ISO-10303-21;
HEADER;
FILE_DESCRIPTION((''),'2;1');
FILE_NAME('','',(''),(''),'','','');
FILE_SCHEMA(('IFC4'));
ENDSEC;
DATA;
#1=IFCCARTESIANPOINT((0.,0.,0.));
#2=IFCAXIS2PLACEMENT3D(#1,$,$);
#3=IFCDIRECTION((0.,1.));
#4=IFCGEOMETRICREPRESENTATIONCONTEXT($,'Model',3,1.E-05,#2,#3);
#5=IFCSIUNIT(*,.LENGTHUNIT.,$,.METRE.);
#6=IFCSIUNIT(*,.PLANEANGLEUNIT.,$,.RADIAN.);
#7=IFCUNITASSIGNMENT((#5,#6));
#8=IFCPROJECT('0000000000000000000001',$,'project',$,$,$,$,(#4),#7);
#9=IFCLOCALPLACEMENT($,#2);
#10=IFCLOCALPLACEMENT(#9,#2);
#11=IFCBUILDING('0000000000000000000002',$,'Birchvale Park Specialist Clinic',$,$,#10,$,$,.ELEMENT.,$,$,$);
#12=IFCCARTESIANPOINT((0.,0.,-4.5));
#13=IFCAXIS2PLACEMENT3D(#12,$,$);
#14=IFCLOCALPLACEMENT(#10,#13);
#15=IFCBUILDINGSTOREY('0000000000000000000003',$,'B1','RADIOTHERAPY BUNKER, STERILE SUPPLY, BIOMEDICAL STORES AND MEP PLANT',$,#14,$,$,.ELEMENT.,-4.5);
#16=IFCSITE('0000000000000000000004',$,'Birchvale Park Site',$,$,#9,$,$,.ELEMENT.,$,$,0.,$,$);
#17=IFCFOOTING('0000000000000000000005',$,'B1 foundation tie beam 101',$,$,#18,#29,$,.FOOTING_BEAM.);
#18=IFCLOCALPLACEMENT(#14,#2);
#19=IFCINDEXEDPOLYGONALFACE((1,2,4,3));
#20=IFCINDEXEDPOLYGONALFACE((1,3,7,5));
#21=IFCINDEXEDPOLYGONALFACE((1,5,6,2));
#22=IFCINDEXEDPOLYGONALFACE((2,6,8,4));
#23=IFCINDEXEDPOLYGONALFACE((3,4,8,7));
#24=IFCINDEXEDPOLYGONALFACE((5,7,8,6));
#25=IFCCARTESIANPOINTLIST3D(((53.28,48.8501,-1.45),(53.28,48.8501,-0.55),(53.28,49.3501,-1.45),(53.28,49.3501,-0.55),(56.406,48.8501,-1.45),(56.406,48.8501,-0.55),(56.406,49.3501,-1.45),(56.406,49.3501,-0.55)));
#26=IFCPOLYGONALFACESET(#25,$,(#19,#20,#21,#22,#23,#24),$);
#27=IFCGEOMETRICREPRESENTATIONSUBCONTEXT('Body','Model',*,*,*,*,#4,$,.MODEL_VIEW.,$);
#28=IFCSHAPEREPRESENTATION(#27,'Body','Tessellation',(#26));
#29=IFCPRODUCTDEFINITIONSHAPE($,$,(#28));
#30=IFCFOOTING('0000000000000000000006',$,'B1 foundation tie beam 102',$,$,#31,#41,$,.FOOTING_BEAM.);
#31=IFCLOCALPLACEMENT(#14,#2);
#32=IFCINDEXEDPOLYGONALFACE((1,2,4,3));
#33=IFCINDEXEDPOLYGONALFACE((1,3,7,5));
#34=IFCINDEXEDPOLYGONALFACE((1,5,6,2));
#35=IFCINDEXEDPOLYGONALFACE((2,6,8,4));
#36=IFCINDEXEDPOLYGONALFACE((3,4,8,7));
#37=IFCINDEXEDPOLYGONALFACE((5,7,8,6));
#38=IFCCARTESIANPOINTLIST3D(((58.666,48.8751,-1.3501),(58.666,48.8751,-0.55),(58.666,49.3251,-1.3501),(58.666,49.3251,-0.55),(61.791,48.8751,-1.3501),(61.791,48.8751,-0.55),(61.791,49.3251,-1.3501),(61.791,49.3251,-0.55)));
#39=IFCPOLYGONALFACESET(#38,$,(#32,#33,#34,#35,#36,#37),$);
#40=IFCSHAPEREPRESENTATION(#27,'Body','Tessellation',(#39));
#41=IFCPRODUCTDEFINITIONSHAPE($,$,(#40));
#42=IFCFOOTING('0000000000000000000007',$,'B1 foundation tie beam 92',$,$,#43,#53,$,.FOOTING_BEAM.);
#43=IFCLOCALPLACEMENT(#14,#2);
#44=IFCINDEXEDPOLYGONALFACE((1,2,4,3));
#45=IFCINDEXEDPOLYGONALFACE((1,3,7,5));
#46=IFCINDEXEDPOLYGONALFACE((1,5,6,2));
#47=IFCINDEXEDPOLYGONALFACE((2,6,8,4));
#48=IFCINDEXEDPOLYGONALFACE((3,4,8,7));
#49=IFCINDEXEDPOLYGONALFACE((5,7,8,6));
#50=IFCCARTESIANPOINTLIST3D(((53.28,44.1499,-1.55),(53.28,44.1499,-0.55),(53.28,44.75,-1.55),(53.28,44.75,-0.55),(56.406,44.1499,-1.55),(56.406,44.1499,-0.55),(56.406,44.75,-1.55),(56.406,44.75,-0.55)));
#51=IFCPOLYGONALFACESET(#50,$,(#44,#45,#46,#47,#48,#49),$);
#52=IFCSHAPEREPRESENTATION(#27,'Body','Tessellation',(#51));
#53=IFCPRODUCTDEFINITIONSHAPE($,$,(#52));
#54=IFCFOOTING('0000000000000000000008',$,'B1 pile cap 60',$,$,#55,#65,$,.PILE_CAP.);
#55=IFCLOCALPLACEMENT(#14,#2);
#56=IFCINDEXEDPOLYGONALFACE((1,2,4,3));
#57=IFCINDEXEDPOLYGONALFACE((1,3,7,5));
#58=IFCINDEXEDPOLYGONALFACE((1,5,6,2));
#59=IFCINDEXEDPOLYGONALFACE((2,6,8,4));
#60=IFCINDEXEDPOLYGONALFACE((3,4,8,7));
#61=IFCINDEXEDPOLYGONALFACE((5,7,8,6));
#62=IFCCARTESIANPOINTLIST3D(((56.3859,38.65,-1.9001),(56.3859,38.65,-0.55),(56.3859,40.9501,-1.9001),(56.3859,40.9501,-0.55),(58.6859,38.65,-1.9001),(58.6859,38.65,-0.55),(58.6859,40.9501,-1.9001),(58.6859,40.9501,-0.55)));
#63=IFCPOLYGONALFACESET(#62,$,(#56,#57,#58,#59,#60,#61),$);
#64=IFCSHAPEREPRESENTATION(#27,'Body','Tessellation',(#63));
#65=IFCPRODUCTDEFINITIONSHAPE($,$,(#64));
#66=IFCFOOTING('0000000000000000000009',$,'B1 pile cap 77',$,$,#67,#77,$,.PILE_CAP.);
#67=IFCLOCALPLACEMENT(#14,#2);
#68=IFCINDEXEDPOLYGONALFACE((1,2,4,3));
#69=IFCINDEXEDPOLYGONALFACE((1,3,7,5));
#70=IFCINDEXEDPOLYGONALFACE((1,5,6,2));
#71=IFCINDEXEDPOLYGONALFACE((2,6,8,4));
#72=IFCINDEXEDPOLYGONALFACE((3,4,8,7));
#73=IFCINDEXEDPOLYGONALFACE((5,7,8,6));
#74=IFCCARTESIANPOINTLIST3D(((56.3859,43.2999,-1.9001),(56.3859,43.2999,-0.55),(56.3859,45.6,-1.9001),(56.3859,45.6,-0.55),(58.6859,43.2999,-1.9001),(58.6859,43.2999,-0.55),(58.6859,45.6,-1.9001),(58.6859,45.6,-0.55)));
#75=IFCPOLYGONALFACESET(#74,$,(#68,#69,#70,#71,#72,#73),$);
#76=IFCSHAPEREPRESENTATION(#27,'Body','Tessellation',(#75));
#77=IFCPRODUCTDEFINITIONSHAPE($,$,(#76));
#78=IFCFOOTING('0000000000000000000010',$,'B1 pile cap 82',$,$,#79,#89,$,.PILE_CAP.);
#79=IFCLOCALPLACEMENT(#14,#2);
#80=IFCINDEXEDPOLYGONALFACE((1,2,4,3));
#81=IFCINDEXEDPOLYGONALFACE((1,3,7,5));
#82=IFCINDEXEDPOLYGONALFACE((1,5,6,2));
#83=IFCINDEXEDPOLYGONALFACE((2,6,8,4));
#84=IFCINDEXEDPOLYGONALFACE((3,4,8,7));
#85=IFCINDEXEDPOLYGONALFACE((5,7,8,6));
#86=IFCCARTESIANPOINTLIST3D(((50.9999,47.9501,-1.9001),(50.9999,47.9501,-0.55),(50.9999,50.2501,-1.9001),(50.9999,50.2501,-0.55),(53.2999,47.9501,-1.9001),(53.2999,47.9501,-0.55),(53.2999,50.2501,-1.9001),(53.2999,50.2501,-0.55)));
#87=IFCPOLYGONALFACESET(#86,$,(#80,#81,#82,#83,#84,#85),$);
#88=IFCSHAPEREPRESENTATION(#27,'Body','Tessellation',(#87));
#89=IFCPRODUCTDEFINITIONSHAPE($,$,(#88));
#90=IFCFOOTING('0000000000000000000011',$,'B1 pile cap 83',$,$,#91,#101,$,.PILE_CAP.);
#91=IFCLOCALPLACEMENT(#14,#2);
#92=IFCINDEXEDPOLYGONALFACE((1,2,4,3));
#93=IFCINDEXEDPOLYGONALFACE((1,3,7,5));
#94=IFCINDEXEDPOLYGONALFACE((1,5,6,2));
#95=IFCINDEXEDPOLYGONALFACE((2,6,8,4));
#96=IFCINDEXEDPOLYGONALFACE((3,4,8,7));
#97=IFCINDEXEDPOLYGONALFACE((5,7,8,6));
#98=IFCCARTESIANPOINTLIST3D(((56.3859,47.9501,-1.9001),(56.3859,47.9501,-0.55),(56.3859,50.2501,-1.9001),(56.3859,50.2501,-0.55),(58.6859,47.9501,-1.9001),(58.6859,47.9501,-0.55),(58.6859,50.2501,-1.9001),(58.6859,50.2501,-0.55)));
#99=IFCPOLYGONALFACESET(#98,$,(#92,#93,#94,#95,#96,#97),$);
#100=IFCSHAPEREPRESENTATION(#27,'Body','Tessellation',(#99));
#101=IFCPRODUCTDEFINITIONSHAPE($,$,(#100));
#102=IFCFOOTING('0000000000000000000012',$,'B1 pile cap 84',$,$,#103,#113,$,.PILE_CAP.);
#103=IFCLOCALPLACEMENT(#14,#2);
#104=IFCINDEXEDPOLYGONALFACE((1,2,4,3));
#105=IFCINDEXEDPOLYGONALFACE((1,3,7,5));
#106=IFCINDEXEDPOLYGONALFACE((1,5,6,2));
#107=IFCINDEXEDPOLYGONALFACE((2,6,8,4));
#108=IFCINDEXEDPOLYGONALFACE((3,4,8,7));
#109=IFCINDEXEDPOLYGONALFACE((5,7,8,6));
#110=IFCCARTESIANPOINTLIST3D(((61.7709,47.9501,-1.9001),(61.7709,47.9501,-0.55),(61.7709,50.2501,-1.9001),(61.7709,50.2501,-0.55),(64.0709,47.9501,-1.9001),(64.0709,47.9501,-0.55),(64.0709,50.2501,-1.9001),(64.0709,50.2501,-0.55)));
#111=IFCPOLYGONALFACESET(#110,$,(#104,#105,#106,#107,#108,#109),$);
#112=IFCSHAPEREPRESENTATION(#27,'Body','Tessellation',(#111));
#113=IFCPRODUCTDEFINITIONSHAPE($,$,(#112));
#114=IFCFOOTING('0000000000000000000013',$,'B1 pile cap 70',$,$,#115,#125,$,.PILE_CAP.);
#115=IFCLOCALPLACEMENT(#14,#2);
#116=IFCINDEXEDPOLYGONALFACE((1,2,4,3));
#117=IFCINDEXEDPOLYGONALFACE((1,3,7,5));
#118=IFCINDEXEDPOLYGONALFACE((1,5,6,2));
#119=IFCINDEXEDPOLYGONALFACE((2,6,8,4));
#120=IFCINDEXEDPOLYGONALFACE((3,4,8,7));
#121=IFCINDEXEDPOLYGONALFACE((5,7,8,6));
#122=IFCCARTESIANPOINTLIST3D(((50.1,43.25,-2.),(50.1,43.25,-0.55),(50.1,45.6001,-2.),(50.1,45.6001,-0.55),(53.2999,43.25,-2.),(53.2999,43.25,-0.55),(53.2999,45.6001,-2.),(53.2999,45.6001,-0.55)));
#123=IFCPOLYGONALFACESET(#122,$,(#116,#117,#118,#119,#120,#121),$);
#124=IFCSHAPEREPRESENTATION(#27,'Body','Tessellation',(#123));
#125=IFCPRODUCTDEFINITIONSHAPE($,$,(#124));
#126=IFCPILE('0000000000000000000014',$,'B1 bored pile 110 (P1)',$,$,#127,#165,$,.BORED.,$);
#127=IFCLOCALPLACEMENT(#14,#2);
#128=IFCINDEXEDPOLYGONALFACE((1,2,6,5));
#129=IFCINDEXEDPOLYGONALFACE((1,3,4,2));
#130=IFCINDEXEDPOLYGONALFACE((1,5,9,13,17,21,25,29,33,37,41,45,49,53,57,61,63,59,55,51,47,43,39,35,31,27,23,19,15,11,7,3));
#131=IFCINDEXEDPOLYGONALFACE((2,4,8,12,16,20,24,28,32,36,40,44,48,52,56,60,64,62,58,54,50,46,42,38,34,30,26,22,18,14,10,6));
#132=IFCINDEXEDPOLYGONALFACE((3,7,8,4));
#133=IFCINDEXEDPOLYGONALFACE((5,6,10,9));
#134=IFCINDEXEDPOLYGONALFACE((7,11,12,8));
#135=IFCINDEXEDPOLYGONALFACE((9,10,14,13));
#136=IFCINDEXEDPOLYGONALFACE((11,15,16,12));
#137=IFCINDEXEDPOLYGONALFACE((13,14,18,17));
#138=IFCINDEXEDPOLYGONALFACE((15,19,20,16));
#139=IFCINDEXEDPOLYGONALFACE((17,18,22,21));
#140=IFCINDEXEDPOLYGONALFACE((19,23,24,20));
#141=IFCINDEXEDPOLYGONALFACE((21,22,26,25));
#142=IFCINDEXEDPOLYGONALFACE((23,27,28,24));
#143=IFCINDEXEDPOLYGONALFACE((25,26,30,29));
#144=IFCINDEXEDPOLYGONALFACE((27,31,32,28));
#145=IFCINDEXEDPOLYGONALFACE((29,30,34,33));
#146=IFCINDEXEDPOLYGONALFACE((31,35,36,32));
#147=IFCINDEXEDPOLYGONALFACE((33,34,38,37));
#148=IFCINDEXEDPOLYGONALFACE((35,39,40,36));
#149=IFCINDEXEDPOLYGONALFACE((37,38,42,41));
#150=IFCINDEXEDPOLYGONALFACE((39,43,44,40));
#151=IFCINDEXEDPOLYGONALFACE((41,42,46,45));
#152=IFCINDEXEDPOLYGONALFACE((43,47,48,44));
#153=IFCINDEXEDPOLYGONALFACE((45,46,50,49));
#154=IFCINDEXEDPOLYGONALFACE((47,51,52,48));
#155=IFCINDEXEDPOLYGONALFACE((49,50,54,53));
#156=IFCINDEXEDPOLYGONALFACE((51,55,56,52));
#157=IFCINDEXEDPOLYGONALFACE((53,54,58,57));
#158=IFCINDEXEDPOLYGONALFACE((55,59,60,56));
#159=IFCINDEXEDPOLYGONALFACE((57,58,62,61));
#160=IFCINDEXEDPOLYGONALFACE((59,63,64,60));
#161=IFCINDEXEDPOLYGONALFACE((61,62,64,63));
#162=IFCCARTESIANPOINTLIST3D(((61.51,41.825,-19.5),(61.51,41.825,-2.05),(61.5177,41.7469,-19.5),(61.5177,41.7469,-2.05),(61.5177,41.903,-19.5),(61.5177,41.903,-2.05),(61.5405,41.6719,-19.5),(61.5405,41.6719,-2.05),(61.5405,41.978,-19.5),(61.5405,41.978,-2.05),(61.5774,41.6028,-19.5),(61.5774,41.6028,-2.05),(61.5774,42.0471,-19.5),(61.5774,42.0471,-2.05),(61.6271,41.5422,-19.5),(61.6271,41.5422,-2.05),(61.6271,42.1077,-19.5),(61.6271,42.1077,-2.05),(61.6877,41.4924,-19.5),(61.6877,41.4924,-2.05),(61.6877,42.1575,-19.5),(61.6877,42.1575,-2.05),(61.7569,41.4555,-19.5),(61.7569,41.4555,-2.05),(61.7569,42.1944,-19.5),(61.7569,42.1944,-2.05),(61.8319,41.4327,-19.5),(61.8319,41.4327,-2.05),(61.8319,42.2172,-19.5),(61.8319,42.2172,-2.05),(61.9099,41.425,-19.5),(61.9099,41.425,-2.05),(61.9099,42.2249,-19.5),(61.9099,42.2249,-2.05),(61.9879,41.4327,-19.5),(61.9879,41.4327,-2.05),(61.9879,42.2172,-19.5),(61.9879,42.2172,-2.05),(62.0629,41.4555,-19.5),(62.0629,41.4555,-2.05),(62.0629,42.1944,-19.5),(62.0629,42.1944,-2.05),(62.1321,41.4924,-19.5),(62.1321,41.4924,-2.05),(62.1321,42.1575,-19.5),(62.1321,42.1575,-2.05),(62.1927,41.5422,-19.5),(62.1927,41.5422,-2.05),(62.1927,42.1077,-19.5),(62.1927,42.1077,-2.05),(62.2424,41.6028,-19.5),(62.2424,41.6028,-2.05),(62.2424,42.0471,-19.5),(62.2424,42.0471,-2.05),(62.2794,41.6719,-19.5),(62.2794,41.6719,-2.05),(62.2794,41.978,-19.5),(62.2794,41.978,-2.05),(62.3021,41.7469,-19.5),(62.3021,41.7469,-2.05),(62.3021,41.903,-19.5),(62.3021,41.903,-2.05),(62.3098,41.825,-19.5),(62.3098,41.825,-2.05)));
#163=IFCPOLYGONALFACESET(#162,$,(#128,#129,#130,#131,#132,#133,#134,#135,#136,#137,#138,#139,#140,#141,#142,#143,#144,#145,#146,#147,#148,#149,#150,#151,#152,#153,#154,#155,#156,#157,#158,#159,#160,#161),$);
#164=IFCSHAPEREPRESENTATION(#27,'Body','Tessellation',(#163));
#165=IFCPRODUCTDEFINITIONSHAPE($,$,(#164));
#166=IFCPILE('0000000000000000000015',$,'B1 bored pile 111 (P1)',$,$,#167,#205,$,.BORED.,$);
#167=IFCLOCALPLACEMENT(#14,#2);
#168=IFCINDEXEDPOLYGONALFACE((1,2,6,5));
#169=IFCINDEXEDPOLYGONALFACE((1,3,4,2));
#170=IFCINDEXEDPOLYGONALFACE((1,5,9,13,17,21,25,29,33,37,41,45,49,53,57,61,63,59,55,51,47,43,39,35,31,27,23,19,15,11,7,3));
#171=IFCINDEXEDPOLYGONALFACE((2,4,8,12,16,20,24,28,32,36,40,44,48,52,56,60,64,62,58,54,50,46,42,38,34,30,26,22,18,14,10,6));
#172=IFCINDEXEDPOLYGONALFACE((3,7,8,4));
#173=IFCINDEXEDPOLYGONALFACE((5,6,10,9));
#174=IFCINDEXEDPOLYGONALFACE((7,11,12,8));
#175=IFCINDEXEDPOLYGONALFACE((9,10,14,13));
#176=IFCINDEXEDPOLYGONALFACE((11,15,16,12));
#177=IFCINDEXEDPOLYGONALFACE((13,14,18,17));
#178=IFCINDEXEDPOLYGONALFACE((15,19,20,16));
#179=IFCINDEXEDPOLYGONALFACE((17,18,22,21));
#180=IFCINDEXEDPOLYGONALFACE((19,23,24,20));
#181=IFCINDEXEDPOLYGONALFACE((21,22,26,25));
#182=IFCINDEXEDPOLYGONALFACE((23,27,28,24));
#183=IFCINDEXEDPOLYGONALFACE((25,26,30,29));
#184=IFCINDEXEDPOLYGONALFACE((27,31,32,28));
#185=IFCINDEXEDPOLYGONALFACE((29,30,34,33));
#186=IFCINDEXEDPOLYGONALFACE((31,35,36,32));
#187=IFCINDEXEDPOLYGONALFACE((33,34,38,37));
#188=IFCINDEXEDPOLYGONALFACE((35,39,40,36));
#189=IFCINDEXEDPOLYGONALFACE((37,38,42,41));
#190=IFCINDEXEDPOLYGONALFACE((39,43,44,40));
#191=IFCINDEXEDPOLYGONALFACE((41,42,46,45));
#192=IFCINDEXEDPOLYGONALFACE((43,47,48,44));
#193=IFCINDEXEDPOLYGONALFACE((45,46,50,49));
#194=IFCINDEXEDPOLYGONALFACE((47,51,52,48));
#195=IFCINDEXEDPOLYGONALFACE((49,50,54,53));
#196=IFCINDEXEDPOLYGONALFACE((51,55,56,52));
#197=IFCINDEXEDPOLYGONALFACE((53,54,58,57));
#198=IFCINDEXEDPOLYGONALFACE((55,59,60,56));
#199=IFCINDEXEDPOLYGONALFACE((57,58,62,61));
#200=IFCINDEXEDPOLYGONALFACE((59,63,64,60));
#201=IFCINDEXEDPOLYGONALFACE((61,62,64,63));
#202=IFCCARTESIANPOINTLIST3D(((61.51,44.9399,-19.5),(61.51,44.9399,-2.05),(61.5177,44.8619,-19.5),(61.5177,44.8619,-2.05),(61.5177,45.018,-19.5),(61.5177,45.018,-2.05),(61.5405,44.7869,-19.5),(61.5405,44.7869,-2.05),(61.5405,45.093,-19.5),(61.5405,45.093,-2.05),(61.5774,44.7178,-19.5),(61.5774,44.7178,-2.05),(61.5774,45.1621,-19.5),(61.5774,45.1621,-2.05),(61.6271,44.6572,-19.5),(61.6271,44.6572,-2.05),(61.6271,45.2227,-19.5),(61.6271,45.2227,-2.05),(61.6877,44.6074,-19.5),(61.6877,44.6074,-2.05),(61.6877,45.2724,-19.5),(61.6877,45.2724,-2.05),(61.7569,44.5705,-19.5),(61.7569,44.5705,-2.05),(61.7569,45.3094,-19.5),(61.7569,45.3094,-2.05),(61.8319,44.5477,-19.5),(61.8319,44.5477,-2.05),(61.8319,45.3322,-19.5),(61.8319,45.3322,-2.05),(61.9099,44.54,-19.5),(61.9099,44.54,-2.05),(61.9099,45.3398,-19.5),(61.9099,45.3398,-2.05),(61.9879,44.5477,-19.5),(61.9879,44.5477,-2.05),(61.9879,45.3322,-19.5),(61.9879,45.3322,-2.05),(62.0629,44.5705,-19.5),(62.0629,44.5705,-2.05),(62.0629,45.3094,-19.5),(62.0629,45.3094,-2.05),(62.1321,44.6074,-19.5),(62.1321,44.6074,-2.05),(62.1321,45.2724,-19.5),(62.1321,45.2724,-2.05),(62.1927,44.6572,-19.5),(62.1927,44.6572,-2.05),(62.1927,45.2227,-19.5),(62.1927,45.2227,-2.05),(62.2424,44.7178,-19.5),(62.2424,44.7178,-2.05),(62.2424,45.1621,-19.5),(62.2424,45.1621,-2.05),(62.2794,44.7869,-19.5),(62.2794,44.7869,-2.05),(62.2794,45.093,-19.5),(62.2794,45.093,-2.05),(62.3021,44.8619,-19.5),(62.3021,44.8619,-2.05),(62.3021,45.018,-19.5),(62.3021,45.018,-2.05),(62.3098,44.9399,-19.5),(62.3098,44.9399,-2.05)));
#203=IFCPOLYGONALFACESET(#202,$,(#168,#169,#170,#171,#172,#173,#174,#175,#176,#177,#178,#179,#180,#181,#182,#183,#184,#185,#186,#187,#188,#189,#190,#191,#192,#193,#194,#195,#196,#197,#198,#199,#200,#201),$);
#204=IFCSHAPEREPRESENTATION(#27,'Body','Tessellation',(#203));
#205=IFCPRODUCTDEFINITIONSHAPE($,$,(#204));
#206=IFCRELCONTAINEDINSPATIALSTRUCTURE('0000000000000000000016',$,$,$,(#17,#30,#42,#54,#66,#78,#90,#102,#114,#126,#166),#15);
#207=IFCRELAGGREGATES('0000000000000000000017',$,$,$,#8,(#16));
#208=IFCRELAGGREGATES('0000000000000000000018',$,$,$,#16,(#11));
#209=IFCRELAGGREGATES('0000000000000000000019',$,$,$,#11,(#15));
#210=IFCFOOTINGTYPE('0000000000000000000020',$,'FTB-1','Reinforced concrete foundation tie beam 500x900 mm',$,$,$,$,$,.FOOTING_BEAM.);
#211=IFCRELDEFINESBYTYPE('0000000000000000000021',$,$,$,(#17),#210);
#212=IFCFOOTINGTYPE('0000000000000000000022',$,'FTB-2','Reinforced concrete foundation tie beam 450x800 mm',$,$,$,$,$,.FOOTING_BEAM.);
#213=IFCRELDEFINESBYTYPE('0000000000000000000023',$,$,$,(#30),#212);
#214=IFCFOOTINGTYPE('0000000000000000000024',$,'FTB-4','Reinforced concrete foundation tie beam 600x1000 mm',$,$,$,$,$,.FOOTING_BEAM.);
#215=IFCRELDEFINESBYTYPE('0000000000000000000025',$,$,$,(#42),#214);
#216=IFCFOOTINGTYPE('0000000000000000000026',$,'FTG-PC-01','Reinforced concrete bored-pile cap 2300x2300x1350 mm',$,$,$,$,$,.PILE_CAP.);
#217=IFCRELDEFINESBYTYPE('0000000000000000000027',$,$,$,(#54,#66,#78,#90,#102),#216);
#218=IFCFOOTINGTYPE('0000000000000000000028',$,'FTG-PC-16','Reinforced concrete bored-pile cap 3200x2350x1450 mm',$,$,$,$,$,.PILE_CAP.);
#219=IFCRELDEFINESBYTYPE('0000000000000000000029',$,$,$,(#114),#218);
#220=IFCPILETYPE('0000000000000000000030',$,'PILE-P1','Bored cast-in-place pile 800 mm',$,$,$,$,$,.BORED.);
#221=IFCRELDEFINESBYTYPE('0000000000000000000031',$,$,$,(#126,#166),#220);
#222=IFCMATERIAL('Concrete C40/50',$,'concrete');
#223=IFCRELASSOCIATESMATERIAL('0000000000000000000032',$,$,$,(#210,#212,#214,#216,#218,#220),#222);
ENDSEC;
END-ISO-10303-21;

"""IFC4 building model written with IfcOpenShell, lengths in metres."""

from ifc_helpers import new_model, si_unit, direction, frame, origin, origin_2d, place, context, subcontext, project, spatial, rectangle, circle, extrude, material, material_profile, profile_set, type_object, element, save


model = new_model("IFC4")

# Units and contexts
model_context = context("Model", 3, precision=1e-05, world=origin(), true_north=direction((0.0, 1.0)))
body_context = subcontext(model_context, "Body", "Model", "MODEL_VIEW")
ifc_project = project(units=[si_unit("LENGTHUNIT", "METRE"), si_unit("PLANEANGLEUNIT", "RADIAN")], contexts=[model_context])

# Site, building, storey
site_placement = place(None, origin())
site = spatial("IfcSite", under=ifc_project, at=site_placement, Name="Birchvale Park Site", CompositionType="ELEMENT", RefElevation=0.0)
building_placement = place(site_placement, origin())
building = spatial("IfcBuilding", under=site, at=building_placement, Name="Birchvale Park Specialist Clinic", CompositionType="ELEMENT")
storey_placement = place(building_placement, frame((0.0, 0.0, -4.5)))
storey = spatial("IfcBuildingStorey", under=building, at=storey_placement, Name="B1", Description="RADIOTHERAPY BUNKER, STERILE SUPPLY, BIOMEDICAL STORES AND MEP PLANT", CompositionType="ELEMENT", Elevation=-4.5)

# Footings
ifc_material = material(Name="Concrete C40/50", Category="concrete")
footing_type_1 = type_object("IfcFootingType", Name="FTB-1", Description="Reinforced concrete foundation tie beam 500x900 mm", PredefinedType="FOOTING_BEAM", material=ifc_material)
footing_1_placement = place(storey_placement, frame((54.843, 49.1001, -1.45), z_axis=(0.0, 0.0, 1.0), x_axis=(1.0, 0.0, 0.0)))
element("IfcFooting", 1, at=footing_1_placement, inside=storey, type_object=footing_type_1, Name="B1 foundation tie beam 101", PredefinedType="FOOTING_BEAM", context=body_context, shape_type="SweptSolid", body=[
    extrude(rectangle(XDim=3.126, YDim=0.5, at=origin_2d()), origin(), (0.0, 0.0, 1.0), 0.8999),
])
footing_type_2 = type_object("IfcFootingType", Name="FTB-2", Description="Reinforced concrete foundation tie beam 450x800 mm", PredefinedType="FOOTING_BEAM", material=ifc_material)
footing_2_placement = place(storey_placement, frame((60.2285, 49.1001, -1.3501), z_axis=(0.0, 0.0, 1.0), x_axis=(1.0, 0.0, 0.0)))
element("IfcFooting", 2, at=footing_2_placement, inside=storey, type_object=footing_type_2, Name="B1 foundation tie beam 102", PredefinedType="FOOTING_BEAM", context=body_context, shape_type="SweptSolid", body=[
    extrude(rectangle(XDim=3.125, YDim=0.45, at=origin_2d()), origin(), (0.0, 0.0, 1.0), 0.8),
])
footing_type_3 = type_object("IfcFootingType", Name="FTB-4", Description="Reinforced concrete foundation tie beam 600x1000 mm", PredefinedType="FOOTING_BEAM", material=ifc_material)
footing_3_placement = place(storey_placement, frame((54.843, 44.45, -1.55), z_axis=(0.0, 0.0, 1.0), x_axis=(1.0, 0.0, 0.0)))
element("IfcFooting", 3, at=footing_3_placement, inside=storey, type_object=footing_type_3, Name="B1 foundation tie beam 92", PredefinedType="FOOTING_BEAM", context=body_context, shape_type="SweptSolid", body=[
    extrude(rectangle(XDim=3.126, YDim=0.6001, at=origin_2d()), origin(), (0.0, 0.0, 1.0), 1.0),
])
footing_type_4 = type_object("IfcFootingType", Name="FTG-PC-01", Description="Reinforced concrete bored-pile cap 2300x2300x1350 mm", PredefinedType="PILE_CAP", material=ifc_material)
for number, where, z_axis, x_axis, name in (
    (4, (57.5359, 39.8, -1.9001), (0.0, 0.0, 1.0), (1.0, 0.0, 0.0), "B1 pile cap 60"),
    (5, (57.5359, 44.45, -1.9001), (0.0, 0.0, 1.0), (1.0, 0.0, 0.0), "B1 pile cap 77"),
    (6, (52.1499, 49.1001, -1.9001), (0.0, 0.0, 1.0), (1.0, 0.0, 0.0), "B1 pile cap 82"),
    (7, (57.5359, 49.1001, -1.9001), (0.0, 0.0, 1.0), (1.0, 0.0, 0.0), "B1 pile cap 83"),
    (8, (62.9209, 49.1001, -1.9001), (0.0, 0.0, 1.0), (1.0, 0.0, 0.0), "B1 pile cap 84"),
):
    element("IfcFooting", number, at=place(storey_placement, frame(where, z_axis=z_axis, x_axis=x_axis)), inside=storey, type_object=footing_type_4, Name=name, PredefinedType="PILE_CAP", context=body_context, shape_type="SweptSolid", body=[
        extrude(rectangle(XDim=2.3, YDim=2.3, at=origin_2d()), origin(), (0.0, 0.0, 1.0), 1.3501),
    ])
footing_type_5 = type_object("IfcFootingType", Name="FTG-PC-16", Description="Reinforced concrete bored-pile cap 3200x2350x1450 mm", PredefinedType="PILE_CAP", material=ifc_material)
footing_4_placement = place(storey_placement, frame((51.7, 44.425, -2.0), z_axis=(0.0, 0.0, 1.0), x_axis=(1.0, 0.0, 0.0)))
element("IfcFooting", 9, at=footing_4_placement, inside=storey, type_object=footing_type_5, Name="B1 pile cap 70", PredefinedType="PILE_CAP", context=body_context, shape_type="SweptSolid", body=[
    extrude(rectangle(XDim=3.2, YDim=2.3501, at=origin_2d()), origin(), (0.0, 0.0, 1.0), 1.45),
])

# Piles
ifc_material_profile_1 = material_profile(ifc_material, circle(Radius=0.3999, at=origin_2d()), Name="PILE-800")
ifc_profile_set_1 = profile_set([ifc_material_profile_1], Name="Concrete C40/50")
pile_type_1 = type_object("IfcPileType", Name="PILE-P1", Description="Bored cast-in-place pile 800 mm", PredefinedType="BORED", material=ifc_profile_set_1)
for number, where, z_axis, x_axis, name in (
    (10, (61.9099, 41.825, -2.05), (0.0, 0.0, -1.0), (1.0, 0.0, 0.0), "B1 bored pile 110 (P1)"),
    (11, (61.9099, 44.9399, -2.05), (0.0, 0.0, -1.0), (1.0, 0.0, 0.0), "B1 bored pile 111 (P1)"),
):
    element("IfcPile", number, at=place(storey_placement, frame(where, z_axis=z_axis, x_axis=x_axis)), inside=storey, type_object=pile_type_1, Name=name, PredefinedType="BORED", context=body_context, shape_type="SweptSolid", body=[
        extrude(circle(Radius=0.3999, at=origin_2d()), origin(), (0.0, 0.0, 1.0), 17.45),
    ])

save(model, "model.ifc")
